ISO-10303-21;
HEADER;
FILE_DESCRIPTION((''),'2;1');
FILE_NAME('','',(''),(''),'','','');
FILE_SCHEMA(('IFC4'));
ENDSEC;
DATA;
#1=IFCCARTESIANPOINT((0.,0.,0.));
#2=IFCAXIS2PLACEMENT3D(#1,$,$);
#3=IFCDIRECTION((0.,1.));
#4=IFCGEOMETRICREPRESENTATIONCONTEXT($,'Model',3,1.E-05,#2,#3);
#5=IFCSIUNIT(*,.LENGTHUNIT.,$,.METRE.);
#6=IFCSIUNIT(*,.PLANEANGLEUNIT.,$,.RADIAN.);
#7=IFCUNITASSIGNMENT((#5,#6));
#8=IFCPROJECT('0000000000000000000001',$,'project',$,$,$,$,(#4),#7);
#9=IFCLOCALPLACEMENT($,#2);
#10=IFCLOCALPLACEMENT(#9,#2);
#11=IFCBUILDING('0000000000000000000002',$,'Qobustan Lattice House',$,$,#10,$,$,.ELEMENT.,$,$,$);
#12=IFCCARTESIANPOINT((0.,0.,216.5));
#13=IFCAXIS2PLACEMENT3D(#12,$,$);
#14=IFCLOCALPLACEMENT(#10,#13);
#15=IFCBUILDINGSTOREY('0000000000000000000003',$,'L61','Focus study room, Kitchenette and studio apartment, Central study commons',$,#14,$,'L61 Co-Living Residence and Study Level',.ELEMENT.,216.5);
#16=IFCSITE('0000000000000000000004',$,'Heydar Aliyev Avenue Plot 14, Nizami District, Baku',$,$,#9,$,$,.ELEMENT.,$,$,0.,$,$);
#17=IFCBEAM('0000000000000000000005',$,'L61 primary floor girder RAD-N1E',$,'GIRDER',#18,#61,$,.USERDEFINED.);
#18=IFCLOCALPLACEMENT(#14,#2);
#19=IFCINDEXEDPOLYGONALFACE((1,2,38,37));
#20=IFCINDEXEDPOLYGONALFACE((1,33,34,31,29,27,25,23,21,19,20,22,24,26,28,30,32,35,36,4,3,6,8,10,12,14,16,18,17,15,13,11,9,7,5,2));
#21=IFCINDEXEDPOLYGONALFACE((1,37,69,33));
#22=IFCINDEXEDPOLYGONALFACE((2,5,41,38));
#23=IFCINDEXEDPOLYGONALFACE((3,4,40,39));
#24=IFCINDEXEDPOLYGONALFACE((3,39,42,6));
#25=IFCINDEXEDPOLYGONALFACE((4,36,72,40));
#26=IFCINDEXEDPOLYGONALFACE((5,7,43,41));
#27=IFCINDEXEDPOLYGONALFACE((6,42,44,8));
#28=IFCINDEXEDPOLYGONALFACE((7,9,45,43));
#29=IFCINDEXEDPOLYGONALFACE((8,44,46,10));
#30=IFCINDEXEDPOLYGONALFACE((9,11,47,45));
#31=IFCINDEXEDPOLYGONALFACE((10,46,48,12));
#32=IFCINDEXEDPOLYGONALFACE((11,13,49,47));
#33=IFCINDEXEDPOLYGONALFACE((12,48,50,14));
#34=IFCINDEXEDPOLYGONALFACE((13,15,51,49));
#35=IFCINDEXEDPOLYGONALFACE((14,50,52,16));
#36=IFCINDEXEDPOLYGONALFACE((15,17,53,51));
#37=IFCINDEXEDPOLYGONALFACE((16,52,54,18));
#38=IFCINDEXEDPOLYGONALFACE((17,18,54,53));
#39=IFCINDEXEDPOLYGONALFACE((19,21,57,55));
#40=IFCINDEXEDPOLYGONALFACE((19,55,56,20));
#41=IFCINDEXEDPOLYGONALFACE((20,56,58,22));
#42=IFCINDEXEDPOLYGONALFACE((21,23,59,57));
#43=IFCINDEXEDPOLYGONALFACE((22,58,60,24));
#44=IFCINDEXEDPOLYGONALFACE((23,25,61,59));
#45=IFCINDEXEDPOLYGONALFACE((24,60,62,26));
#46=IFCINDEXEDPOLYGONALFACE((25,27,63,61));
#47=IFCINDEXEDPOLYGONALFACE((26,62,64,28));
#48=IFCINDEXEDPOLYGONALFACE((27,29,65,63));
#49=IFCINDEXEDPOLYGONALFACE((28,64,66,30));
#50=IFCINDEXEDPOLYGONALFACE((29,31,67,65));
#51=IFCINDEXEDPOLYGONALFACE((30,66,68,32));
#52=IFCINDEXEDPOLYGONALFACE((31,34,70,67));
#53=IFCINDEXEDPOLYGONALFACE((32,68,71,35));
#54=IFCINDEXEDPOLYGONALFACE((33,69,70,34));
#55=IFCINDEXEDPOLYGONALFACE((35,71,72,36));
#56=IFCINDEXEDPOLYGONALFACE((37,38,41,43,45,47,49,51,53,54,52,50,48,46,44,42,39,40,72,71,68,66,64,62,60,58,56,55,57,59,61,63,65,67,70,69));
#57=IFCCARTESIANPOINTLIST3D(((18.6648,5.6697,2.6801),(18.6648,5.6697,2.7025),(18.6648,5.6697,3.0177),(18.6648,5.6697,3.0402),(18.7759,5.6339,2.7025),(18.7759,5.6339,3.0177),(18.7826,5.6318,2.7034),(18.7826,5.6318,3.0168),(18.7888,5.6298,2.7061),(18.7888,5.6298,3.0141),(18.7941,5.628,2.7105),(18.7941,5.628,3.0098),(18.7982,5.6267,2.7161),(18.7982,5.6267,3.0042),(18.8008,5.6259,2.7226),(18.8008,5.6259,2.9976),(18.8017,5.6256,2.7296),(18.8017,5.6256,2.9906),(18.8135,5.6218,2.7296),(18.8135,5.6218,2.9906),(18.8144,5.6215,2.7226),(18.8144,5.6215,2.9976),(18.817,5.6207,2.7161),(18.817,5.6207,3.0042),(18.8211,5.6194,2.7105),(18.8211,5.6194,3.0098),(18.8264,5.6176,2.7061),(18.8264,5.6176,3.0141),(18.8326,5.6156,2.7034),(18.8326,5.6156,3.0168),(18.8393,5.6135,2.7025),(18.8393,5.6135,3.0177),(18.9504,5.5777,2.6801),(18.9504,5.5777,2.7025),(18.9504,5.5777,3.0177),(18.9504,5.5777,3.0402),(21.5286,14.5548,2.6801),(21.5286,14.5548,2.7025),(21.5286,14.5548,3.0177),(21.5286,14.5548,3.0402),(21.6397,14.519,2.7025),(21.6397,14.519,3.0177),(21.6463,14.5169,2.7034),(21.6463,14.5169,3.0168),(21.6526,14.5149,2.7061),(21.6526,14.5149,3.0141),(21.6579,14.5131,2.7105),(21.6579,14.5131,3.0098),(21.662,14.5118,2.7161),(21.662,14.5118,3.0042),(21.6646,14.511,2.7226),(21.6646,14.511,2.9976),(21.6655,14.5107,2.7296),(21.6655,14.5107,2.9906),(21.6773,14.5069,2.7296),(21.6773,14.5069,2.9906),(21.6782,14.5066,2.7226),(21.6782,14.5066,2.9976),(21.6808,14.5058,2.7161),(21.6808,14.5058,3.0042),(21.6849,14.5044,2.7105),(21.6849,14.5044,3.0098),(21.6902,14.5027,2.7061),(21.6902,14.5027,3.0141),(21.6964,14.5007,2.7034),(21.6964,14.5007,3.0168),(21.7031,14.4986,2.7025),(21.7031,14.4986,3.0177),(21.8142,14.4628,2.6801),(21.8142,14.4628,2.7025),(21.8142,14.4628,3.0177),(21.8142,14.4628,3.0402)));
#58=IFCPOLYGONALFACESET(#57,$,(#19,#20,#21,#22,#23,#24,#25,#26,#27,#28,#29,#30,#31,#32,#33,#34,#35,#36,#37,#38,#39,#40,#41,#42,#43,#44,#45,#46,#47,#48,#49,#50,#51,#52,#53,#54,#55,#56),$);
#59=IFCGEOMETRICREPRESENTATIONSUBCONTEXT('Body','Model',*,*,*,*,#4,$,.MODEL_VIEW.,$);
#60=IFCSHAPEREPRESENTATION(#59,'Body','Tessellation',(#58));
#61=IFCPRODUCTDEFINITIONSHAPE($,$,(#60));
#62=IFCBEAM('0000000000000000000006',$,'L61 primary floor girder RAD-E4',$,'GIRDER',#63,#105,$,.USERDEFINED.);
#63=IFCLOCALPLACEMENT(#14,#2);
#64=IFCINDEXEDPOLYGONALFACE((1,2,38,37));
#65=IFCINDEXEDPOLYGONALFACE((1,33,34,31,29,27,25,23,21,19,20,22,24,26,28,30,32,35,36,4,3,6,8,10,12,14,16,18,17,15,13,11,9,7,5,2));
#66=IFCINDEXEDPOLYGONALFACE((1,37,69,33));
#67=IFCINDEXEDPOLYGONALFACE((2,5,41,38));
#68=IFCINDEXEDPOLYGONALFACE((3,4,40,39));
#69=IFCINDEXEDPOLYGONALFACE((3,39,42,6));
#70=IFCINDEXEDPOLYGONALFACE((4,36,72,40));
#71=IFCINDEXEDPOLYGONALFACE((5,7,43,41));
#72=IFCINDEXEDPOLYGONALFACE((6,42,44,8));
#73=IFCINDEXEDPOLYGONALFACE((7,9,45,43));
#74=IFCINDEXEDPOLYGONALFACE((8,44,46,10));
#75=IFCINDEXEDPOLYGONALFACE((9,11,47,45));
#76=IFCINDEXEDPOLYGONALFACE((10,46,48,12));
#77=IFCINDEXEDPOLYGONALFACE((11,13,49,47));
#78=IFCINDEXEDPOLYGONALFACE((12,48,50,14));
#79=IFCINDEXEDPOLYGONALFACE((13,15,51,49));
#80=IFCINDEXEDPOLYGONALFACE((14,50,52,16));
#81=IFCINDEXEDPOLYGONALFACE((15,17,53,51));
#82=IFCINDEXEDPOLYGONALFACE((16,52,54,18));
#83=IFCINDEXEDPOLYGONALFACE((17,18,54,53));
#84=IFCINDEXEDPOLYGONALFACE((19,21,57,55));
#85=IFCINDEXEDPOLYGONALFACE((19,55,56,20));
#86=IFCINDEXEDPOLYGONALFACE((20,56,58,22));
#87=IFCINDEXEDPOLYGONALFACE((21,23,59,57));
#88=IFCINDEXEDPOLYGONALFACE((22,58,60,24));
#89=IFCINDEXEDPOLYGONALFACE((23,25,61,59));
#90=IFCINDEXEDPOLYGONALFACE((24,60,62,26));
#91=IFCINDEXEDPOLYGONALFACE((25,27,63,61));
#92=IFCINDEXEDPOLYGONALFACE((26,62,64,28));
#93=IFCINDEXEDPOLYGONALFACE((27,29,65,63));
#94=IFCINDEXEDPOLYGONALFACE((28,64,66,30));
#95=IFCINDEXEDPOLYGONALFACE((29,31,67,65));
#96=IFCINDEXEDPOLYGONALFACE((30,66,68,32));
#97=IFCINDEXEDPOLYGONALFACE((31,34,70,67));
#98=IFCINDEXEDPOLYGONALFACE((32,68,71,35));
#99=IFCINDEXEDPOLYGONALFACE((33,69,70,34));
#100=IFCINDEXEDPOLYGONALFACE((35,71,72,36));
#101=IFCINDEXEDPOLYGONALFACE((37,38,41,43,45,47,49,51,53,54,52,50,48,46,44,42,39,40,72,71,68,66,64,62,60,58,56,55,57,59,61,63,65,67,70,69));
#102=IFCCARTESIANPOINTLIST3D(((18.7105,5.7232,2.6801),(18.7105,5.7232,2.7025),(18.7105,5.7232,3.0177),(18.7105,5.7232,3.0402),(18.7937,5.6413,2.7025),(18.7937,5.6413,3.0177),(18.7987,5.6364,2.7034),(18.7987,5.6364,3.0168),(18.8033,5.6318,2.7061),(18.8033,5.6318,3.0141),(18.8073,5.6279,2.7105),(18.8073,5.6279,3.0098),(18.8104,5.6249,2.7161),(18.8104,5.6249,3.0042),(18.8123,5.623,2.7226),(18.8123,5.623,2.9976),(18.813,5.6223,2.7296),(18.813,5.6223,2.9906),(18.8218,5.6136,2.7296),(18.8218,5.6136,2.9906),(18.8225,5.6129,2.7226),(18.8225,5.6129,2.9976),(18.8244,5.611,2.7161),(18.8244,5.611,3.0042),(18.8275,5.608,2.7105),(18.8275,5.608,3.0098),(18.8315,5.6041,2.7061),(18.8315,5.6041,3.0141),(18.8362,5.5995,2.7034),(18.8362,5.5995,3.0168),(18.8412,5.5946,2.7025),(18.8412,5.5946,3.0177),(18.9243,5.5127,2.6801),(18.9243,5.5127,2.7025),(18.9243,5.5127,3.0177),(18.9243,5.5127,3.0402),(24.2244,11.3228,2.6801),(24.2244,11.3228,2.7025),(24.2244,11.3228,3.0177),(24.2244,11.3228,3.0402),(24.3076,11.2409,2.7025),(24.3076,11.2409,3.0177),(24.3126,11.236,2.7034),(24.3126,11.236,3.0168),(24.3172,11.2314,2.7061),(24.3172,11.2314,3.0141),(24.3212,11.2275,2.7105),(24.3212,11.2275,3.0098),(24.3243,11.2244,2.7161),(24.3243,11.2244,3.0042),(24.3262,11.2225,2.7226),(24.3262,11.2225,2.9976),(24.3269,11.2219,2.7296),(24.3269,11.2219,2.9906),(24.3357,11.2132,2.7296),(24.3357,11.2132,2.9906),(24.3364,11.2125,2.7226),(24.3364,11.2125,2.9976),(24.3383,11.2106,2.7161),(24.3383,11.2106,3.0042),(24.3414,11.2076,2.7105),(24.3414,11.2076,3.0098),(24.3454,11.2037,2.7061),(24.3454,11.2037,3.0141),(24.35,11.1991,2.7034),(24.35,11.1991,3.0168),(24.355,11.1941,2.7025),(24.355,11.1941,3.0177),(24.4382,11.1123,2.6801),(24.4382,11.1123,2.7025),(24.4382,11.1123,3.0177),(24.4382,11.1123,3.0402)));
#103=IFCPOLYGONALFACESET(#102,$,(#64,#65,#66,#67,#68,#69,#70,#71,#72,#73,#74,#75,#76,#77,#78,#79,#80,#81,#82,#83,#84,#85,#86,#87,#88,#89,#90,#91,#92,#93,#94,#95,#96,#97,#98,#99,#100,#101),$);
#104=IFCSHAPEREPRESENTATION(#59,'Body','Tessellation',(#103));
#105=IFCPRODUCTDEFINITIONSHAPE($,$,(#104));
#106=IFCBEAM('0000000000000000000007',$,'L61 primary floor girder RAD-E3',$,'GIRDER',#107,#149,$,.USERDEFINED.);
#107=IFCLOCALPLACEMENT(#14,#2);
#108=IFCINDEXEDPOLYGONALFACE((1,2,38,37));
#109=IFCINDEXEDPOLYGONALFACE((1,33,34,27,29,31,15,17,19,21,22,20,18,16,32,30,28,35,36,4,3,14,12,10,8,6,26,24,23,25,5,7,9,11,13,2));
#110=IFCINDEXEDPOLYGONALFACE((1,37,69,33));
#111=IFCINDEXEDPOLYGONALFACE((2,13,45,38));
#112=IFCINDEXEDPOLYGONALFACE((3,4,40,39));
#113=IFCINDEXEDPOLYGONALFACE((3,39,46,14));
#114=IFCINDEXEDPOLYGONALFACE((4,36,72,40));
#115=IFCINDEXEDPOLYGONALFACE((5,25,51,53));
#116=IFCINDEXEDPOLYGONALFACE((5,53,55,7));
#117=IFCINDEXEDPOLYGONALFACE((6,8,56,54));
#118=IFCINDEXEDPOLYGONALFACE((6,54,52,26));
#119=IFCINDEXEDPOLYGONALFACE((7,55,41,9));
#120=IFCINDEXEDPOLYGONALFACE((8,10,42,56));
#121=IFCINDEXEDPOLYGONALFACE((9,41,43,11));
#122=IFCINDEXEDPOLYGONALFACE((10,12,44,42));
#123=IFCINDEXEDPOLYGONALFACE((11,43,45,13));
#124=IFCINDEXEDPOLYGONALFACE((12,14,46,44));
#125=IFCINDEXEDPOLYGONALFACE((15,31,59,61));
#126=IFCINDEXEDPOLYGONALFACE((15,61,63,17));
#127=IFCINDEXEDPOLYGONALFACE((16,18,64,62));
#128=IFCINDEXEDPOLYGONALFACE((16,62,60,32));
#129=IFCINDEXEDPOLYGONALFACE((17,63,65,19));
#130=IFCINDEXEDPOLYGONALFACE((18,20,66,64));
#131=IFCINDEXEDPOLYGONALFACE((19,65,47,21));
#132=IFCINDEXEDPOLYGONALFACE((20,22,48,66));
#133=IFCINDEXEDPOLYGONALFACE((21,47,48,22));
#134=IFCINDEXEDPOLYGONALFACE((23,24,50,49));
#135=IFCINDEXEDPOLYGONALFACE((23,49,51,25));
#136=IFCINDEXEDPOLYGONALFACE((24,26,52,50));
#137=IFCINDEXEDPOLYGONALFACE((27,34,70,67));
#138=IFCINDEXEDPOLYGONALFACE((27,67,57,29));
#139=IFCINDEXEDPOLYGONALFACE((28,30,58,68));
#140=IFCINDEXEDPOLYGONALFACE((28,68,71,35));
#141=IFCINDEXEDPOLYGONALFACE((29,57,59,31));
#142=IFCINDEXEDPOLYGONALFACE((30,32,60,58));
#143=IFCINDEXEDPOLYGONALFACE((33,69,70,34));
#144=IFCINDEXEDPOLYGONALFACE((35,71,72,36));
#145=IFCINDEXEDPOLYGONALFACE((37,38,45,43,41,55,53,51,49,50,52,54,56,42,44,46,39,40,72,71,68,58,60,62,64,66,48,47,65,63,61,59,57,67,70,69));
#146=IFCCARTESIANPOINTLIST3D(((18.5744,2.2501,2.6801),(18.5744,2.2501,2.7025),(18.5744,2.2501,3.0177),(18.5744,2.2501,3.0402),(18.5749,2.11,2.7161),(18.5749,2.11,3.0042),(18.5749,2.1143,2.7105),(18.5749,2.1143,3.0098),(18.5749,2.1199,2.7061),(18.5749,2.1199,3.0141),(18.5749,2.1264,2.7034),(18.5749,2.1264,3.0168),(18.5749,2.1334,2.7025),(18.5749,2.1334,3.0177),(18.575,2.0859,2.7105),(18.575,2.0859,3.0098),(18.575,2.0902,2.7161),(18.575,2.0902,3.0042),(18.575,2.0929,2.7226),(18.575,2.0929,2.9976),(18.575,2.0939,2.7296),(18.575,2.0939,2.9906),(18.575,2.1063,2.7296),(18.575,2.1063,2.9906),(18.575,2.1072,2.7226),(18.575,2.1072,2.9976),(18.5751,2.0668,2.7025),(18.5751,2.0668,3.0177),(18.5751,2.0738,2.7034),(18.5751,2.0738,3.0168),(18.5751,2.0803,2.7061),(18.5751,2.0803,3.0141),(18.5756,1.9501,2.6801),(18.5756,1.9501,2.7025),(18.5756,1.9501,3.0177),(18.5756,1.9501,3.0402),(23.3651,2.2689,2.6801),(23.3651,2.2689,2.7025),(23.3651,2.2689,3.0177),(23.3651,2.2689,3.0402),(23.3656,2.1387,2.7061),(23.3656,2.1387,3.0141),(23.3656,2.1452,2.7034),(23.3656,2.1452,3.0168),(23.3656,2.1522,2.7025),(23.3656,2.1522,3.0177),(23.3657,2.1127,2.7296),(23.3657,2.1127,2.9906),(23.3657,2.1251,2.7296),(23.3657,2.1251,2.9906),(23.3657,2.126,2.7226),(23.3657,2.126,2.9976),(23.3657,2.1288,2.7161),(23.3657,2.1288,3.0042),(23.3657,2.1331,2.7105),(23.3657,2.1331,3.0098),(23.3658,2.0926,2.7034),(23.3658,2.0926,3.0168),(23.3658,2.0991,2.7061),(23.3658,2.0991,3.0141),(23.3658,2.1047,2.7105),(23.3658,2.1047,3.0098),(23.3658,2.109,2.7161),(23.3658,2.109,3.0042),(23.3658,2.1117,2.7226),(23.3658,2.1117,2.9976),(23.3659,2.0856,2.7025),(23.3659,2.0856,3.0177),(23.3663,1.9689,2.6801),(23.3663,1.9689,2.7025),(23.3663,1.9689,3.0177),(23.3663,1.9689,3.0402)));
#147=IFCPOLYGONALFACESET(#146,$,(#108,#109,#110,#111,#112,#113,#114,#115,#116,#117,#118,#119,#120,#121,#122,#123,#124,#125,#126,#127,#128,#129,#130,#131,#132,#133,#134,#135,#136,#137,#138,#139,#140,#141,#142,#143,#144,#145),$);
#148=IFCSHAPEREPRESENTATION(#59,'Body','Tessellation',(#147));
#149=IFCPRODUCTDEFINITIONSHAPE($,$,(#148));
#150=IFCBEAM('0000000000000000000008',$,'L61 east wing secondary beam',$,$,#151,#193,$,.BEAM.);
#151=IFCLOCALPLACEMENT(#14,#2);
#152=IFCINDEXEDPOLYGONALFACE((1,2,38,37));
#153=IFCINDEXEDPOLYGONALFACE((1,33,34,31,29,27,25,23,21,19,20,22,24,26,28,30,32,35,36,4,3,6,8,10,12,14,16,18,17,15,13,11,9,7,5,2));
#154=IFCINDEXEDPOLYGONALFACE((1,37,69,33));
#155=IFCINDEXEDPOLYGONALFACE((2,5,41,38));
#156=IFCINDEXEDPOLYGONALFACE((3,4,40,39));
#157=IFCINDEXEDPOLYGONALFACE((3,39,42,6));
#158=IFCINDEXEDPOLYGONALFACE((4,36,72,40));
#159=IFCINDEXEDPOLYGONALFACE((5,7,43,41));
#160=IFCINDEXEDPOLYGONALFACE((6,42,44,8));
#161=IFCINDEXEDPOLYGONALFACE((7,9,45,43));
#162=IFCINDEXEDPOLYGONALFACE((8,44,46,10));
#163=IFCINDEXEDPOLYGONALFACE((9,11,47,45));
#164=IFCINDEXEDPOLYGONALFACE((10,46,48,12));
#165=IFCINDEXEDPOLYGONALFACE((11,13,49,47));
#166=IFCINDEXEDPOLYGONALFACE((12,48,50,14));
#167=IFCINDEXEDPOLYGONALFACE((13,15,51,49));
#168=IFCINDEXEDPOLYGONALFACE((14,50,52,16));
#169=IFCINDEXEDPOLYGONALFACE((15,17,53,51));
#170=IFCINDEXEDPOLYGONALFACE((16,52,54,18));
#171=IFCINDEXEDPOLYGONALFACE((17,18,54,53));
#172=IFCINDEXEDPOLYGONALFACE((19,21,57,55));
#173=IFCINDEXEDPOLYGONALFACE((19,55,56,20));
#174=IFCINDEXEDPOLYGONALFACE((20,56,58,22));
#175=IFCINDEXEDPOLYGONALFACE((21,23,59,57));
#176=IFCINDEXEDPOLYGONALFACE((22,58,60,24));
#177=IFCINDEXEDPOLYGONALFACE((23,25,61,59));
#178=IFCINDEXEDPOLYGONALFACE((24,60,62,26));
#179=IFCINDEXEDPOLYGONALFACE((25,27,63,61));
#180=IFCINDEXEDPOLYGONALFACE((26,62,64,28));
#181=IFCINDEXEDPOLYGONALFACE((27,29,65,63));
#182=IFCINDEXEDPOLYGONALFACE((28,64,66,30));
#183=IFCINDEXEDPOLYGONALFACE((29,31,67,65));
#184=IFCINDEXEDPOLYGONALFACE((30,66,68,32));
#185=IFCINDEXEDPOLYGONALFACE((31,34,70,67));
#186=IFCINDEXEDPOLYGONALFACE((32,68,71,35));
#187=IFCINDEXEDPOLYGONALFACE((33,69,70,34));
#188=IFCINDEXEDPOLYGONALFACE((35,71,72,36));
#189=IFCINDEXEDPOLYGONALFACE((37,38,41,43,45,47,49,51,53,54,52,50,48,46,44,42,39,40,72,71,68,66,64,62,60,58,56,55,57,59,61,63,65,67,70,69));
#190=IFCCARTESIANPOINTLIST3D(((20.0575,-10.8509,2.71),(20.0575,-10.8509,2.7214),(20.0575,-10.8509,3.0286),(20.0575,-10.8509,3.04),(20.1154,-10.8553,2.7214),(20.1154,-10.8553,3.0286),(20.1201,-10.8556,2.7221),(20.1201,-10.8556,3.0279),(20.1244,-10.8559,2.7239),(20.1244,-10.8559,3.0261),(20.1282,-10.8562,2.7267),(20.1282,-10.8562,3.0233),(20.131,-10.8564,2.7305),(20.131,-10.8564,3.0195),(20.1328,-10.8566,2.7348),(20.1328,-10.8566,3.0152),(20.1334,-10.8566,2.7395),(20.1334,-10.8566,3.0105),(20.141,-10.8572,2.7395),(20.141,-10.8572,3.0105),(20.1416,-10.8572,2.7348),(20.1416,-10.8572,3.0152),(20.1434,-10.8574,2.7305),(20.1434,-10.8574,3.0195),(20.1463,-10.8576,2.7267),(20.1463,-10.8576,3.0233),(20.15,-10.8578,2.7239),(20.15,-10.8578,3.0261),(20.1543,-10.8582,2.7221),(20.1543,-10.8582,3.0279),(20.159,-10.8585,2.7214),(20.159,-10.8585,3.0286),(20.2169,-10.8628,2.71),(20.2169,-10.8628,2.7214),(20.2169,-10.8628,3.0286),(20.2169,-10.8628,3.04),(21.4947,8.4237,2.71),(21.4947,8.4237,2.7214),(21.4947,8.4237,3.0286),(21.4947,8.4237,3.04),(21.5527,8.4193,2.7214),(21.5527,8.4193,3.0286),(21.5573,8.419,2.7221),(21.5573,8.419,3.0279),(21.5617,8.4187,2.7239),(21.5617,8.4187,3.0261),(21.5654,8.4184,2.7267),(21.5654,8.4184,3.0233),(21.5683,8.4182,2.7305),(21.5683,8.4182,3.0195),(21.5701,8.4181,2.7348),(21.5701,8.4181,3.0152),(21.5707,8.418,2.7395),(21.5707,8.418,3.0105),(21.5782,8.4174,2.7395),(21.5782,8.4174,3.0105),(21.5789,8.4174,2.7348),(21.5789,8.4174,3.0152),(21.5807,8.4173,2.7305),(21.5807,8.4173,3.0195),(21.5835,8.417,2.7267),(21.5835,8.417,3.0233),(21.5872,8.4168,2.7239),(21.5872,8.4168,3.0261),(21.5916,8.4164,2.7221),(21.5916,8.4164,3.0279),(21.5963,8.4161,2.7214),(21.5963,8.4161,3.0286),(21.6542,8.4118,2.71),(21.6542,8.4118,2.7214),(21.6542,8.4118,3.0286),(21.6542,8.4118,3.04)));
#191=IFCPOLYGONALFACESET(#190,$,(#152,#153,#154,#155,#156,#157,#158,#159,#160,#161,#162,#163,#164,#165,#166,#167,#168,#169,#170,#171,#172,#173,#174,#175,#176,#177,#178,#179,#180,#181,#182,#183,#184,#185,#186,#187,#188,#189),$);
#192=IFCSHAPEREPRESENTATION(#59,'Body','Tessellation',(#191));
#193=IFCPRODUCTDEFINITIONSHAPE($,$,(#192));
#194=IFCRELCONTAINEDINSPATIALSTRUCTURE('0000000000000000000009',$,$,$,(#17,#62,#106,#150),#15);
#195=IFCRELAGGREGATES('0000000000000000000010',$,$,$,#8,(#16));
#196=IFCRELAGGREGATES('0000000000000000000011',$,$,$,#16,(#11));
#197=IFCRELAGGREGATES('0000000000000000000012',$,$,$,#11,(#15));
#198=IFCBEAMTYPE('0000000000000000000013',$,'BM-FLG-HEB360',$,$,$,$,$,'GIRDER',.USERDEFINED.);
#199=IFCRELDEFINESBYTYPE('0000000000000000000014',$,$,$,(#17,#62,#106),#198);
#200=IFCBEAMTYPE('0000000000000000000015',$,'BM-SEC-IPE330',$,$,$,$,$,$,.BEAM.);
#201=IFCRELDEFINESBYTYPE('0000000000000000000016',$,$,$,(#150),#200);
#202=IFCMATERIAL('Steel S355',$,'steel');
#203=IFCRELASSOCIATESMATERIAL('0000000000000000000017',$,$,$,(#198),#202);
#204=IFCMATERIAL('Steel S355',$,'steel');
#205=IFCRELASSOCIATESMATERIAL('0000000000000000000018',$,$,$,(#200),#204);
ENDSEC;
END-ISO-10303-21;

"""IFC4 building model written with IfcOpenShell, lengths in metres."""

from ifc_helpers import new_model, si_unit, direction, frame, origin, origin_2d, place, context, subcontext, project, spatial, i_section, extrude, material, material_profile, profile_set, type_object, element, save


model = new_model("IFC4")

# Units and contexts
model_context = context("Model", 3, precision=1e-05, world=origin(), true_north=direction((0.0, 1.0)))
body_context = subcontext(model_context, "Body", "Model", "MODEL_VIEW")
ifc_project = project(units=[si_unit("LENGTHUNIT", "METRE"), si_unit("PLANEANGLEUNIT", "RADIAN")], contexts=[model_context])

# Site, building, storey
site_placement = place(None, origin())
site = spatial("IfcSite", under=ifc_project, at=site_placement, Name="Heydar Aliyev Avenue Plot 14, Nizami District, Baku", CompositionType="ELEMENT", RefElevation=0.0)
building_placement = place(site_placement, origin())
building = spatial("IfcBuilding", under=site, at=building_placement, Name="Qobustan Lattice House", CompositionType="ELEMENT")
storey_placement = place(building_placement, frame((0.0, 0.0, 216.5)))
storey = spatial("IfcBuildingStorey", under=building, at=storey_placement, Name="L61", Description="Focus study room, Kitchenette and studio apartment, Central study commons", LongName="L61 Co-Living Residence and Study Level", CompositionType="ELEMENT", Elevation=216.5)

# Beams
ifc_material_1 = material(Name="Steel S355", Category="steel")
ifc_material_profile_1 = material_profile(ifc_material_1, i_section(OverallWidth=0.3, OverallDepth=0.3601, WebThickness=0.0125, FlangeThickness=0.0225, FilletRadius=0.0271, at=origin_2d()), Name="HEB360")
ifc_profile_set_1 = profile_set([ifc_material_profile_1], Name="Steel S355")
beam_type_1 = type_object("IfcBeamType", Name="BM-FLG-HEB360", ElementType="GIRDER", PredefinedType="USERDEFINED", material=ifc_profile_set_1)
beam_1_placement = place(storey_placement, frame((21.6714, 14.5088, 2.8601), z_axis=(-0.306774, -0.951783, 0.0), x_axis=(0.951783, -0.306774, 0.0)))
element("IfcBeam", 1, at=beam_1_placement, inside=storey, type_object=beam_type_1, Name="L61 primary floor girder RAD-N1E", ObjectType="GIRDER", PredefinedType="USERDEFINED", context=body_context, shape_type="SweptSolid", body=[
    extrude(i_section(OverallWidth=0.3, OverallDepth=0.3601, WebThickness=0.0125, FlangeThickness=0.0225, FilletRadius=0.0271, at=origin_2d()), origin(), (0.0, 0.0, 1.0), 9.3352),
])
beam_2_placement = place(storey_placement, frame((24.3313, 11.2175, 2.8601), z_axis=(-0.701634, -0.712538, 0.0), x_axis=(0.712538, -0.701634, 0.0)))
element("IfcBeam", 2, at=beam_2_placement, inside=storey, type_object=beam_type_1, Name="L61 primary floor girder RAD-E4", ObjectType="GIRDER", PredefinedType="USERDEFINED", context=body_context, shape_type="SweptSolid", body=[
    extrude(i_section(OverallWidth=0.3, OverallDepth=0.3601, WebThickness=0.0125, FlangeThickness=0.0225, FilletRadius=0.0271, at=origin_2d()), origin(), (0.0, 0.0, 1.0), 7.8586),
])
beam_3_placement = place(storey_placement, frame((23.3657, 2.1189, 2.8601), z_axis=(-0.999992, -0.003924, 0.0), x_axis=(0.003924, -0.999992, 0.0)))
element("IfcBeam", 3, at=beam_3_placement, inside=storey, type_object=beam_type_1, Name="L61 primary floor girder RAD-E3", ObjectType="GIRDER", PredefinedType="USERDEFINED", context=body_context, shape_type="SweptSolid", body=[
    extrude(i_section(OverallWidth=0.3, OverallDepth=0.3601, WebThickness=0.0125, FlangeThickness=0.0225, FilletRadius=0.0271, at=origin_2d()), origin(), (0.0, 0.0, 1.0), 4.7908),
])
ifc_material_2 = material(Name="Steel S355", Category="steel")
ifc_material_profile_2 = material_profile(ifc_material_2, i_section(OverallWidth=0.1599, OverallDepth=0.3301, WebThickness=0.0076, FlangeThickness=0.0115, FilletRadius=0.0181, at=origin_2d()), Name="IPE330")
ifc_profile_set_2 = profile_set([ifc_material_profile_2], Name="Steel S355")
beam_type_2 = type_object("IfcBeamType", Name="BM-SEC-IPE330", PredefinedType="BEAM", material=ifc_profile_set_2)
beam_4_placement = place(storey_placement, frame((21.5745, 8.4177, 2.875), z_axis=(-0.074361, -0.997231, 0.0), x_axis=(0.997231, -0.074361, 0.0)))
element("IfcBeam", 4, at=beam_4_placement, inside=storey, type_object=beam_type_2, Name="L61 east wing secondary beam", PredefinedType="BEAM", context=body_context, shape_type="SweptSolid", body=[
    extrude(i_section(OverallWidth=0.1599, OverallDepth=0.3301, WebThickness=0.0076, FlangeThickness=0.0115, FilletRadius=0.0181, at=origin_2d()), origin(), (0.0, 0.0, 1.0), 19.3281),
])

save(model, "model.ifc")
